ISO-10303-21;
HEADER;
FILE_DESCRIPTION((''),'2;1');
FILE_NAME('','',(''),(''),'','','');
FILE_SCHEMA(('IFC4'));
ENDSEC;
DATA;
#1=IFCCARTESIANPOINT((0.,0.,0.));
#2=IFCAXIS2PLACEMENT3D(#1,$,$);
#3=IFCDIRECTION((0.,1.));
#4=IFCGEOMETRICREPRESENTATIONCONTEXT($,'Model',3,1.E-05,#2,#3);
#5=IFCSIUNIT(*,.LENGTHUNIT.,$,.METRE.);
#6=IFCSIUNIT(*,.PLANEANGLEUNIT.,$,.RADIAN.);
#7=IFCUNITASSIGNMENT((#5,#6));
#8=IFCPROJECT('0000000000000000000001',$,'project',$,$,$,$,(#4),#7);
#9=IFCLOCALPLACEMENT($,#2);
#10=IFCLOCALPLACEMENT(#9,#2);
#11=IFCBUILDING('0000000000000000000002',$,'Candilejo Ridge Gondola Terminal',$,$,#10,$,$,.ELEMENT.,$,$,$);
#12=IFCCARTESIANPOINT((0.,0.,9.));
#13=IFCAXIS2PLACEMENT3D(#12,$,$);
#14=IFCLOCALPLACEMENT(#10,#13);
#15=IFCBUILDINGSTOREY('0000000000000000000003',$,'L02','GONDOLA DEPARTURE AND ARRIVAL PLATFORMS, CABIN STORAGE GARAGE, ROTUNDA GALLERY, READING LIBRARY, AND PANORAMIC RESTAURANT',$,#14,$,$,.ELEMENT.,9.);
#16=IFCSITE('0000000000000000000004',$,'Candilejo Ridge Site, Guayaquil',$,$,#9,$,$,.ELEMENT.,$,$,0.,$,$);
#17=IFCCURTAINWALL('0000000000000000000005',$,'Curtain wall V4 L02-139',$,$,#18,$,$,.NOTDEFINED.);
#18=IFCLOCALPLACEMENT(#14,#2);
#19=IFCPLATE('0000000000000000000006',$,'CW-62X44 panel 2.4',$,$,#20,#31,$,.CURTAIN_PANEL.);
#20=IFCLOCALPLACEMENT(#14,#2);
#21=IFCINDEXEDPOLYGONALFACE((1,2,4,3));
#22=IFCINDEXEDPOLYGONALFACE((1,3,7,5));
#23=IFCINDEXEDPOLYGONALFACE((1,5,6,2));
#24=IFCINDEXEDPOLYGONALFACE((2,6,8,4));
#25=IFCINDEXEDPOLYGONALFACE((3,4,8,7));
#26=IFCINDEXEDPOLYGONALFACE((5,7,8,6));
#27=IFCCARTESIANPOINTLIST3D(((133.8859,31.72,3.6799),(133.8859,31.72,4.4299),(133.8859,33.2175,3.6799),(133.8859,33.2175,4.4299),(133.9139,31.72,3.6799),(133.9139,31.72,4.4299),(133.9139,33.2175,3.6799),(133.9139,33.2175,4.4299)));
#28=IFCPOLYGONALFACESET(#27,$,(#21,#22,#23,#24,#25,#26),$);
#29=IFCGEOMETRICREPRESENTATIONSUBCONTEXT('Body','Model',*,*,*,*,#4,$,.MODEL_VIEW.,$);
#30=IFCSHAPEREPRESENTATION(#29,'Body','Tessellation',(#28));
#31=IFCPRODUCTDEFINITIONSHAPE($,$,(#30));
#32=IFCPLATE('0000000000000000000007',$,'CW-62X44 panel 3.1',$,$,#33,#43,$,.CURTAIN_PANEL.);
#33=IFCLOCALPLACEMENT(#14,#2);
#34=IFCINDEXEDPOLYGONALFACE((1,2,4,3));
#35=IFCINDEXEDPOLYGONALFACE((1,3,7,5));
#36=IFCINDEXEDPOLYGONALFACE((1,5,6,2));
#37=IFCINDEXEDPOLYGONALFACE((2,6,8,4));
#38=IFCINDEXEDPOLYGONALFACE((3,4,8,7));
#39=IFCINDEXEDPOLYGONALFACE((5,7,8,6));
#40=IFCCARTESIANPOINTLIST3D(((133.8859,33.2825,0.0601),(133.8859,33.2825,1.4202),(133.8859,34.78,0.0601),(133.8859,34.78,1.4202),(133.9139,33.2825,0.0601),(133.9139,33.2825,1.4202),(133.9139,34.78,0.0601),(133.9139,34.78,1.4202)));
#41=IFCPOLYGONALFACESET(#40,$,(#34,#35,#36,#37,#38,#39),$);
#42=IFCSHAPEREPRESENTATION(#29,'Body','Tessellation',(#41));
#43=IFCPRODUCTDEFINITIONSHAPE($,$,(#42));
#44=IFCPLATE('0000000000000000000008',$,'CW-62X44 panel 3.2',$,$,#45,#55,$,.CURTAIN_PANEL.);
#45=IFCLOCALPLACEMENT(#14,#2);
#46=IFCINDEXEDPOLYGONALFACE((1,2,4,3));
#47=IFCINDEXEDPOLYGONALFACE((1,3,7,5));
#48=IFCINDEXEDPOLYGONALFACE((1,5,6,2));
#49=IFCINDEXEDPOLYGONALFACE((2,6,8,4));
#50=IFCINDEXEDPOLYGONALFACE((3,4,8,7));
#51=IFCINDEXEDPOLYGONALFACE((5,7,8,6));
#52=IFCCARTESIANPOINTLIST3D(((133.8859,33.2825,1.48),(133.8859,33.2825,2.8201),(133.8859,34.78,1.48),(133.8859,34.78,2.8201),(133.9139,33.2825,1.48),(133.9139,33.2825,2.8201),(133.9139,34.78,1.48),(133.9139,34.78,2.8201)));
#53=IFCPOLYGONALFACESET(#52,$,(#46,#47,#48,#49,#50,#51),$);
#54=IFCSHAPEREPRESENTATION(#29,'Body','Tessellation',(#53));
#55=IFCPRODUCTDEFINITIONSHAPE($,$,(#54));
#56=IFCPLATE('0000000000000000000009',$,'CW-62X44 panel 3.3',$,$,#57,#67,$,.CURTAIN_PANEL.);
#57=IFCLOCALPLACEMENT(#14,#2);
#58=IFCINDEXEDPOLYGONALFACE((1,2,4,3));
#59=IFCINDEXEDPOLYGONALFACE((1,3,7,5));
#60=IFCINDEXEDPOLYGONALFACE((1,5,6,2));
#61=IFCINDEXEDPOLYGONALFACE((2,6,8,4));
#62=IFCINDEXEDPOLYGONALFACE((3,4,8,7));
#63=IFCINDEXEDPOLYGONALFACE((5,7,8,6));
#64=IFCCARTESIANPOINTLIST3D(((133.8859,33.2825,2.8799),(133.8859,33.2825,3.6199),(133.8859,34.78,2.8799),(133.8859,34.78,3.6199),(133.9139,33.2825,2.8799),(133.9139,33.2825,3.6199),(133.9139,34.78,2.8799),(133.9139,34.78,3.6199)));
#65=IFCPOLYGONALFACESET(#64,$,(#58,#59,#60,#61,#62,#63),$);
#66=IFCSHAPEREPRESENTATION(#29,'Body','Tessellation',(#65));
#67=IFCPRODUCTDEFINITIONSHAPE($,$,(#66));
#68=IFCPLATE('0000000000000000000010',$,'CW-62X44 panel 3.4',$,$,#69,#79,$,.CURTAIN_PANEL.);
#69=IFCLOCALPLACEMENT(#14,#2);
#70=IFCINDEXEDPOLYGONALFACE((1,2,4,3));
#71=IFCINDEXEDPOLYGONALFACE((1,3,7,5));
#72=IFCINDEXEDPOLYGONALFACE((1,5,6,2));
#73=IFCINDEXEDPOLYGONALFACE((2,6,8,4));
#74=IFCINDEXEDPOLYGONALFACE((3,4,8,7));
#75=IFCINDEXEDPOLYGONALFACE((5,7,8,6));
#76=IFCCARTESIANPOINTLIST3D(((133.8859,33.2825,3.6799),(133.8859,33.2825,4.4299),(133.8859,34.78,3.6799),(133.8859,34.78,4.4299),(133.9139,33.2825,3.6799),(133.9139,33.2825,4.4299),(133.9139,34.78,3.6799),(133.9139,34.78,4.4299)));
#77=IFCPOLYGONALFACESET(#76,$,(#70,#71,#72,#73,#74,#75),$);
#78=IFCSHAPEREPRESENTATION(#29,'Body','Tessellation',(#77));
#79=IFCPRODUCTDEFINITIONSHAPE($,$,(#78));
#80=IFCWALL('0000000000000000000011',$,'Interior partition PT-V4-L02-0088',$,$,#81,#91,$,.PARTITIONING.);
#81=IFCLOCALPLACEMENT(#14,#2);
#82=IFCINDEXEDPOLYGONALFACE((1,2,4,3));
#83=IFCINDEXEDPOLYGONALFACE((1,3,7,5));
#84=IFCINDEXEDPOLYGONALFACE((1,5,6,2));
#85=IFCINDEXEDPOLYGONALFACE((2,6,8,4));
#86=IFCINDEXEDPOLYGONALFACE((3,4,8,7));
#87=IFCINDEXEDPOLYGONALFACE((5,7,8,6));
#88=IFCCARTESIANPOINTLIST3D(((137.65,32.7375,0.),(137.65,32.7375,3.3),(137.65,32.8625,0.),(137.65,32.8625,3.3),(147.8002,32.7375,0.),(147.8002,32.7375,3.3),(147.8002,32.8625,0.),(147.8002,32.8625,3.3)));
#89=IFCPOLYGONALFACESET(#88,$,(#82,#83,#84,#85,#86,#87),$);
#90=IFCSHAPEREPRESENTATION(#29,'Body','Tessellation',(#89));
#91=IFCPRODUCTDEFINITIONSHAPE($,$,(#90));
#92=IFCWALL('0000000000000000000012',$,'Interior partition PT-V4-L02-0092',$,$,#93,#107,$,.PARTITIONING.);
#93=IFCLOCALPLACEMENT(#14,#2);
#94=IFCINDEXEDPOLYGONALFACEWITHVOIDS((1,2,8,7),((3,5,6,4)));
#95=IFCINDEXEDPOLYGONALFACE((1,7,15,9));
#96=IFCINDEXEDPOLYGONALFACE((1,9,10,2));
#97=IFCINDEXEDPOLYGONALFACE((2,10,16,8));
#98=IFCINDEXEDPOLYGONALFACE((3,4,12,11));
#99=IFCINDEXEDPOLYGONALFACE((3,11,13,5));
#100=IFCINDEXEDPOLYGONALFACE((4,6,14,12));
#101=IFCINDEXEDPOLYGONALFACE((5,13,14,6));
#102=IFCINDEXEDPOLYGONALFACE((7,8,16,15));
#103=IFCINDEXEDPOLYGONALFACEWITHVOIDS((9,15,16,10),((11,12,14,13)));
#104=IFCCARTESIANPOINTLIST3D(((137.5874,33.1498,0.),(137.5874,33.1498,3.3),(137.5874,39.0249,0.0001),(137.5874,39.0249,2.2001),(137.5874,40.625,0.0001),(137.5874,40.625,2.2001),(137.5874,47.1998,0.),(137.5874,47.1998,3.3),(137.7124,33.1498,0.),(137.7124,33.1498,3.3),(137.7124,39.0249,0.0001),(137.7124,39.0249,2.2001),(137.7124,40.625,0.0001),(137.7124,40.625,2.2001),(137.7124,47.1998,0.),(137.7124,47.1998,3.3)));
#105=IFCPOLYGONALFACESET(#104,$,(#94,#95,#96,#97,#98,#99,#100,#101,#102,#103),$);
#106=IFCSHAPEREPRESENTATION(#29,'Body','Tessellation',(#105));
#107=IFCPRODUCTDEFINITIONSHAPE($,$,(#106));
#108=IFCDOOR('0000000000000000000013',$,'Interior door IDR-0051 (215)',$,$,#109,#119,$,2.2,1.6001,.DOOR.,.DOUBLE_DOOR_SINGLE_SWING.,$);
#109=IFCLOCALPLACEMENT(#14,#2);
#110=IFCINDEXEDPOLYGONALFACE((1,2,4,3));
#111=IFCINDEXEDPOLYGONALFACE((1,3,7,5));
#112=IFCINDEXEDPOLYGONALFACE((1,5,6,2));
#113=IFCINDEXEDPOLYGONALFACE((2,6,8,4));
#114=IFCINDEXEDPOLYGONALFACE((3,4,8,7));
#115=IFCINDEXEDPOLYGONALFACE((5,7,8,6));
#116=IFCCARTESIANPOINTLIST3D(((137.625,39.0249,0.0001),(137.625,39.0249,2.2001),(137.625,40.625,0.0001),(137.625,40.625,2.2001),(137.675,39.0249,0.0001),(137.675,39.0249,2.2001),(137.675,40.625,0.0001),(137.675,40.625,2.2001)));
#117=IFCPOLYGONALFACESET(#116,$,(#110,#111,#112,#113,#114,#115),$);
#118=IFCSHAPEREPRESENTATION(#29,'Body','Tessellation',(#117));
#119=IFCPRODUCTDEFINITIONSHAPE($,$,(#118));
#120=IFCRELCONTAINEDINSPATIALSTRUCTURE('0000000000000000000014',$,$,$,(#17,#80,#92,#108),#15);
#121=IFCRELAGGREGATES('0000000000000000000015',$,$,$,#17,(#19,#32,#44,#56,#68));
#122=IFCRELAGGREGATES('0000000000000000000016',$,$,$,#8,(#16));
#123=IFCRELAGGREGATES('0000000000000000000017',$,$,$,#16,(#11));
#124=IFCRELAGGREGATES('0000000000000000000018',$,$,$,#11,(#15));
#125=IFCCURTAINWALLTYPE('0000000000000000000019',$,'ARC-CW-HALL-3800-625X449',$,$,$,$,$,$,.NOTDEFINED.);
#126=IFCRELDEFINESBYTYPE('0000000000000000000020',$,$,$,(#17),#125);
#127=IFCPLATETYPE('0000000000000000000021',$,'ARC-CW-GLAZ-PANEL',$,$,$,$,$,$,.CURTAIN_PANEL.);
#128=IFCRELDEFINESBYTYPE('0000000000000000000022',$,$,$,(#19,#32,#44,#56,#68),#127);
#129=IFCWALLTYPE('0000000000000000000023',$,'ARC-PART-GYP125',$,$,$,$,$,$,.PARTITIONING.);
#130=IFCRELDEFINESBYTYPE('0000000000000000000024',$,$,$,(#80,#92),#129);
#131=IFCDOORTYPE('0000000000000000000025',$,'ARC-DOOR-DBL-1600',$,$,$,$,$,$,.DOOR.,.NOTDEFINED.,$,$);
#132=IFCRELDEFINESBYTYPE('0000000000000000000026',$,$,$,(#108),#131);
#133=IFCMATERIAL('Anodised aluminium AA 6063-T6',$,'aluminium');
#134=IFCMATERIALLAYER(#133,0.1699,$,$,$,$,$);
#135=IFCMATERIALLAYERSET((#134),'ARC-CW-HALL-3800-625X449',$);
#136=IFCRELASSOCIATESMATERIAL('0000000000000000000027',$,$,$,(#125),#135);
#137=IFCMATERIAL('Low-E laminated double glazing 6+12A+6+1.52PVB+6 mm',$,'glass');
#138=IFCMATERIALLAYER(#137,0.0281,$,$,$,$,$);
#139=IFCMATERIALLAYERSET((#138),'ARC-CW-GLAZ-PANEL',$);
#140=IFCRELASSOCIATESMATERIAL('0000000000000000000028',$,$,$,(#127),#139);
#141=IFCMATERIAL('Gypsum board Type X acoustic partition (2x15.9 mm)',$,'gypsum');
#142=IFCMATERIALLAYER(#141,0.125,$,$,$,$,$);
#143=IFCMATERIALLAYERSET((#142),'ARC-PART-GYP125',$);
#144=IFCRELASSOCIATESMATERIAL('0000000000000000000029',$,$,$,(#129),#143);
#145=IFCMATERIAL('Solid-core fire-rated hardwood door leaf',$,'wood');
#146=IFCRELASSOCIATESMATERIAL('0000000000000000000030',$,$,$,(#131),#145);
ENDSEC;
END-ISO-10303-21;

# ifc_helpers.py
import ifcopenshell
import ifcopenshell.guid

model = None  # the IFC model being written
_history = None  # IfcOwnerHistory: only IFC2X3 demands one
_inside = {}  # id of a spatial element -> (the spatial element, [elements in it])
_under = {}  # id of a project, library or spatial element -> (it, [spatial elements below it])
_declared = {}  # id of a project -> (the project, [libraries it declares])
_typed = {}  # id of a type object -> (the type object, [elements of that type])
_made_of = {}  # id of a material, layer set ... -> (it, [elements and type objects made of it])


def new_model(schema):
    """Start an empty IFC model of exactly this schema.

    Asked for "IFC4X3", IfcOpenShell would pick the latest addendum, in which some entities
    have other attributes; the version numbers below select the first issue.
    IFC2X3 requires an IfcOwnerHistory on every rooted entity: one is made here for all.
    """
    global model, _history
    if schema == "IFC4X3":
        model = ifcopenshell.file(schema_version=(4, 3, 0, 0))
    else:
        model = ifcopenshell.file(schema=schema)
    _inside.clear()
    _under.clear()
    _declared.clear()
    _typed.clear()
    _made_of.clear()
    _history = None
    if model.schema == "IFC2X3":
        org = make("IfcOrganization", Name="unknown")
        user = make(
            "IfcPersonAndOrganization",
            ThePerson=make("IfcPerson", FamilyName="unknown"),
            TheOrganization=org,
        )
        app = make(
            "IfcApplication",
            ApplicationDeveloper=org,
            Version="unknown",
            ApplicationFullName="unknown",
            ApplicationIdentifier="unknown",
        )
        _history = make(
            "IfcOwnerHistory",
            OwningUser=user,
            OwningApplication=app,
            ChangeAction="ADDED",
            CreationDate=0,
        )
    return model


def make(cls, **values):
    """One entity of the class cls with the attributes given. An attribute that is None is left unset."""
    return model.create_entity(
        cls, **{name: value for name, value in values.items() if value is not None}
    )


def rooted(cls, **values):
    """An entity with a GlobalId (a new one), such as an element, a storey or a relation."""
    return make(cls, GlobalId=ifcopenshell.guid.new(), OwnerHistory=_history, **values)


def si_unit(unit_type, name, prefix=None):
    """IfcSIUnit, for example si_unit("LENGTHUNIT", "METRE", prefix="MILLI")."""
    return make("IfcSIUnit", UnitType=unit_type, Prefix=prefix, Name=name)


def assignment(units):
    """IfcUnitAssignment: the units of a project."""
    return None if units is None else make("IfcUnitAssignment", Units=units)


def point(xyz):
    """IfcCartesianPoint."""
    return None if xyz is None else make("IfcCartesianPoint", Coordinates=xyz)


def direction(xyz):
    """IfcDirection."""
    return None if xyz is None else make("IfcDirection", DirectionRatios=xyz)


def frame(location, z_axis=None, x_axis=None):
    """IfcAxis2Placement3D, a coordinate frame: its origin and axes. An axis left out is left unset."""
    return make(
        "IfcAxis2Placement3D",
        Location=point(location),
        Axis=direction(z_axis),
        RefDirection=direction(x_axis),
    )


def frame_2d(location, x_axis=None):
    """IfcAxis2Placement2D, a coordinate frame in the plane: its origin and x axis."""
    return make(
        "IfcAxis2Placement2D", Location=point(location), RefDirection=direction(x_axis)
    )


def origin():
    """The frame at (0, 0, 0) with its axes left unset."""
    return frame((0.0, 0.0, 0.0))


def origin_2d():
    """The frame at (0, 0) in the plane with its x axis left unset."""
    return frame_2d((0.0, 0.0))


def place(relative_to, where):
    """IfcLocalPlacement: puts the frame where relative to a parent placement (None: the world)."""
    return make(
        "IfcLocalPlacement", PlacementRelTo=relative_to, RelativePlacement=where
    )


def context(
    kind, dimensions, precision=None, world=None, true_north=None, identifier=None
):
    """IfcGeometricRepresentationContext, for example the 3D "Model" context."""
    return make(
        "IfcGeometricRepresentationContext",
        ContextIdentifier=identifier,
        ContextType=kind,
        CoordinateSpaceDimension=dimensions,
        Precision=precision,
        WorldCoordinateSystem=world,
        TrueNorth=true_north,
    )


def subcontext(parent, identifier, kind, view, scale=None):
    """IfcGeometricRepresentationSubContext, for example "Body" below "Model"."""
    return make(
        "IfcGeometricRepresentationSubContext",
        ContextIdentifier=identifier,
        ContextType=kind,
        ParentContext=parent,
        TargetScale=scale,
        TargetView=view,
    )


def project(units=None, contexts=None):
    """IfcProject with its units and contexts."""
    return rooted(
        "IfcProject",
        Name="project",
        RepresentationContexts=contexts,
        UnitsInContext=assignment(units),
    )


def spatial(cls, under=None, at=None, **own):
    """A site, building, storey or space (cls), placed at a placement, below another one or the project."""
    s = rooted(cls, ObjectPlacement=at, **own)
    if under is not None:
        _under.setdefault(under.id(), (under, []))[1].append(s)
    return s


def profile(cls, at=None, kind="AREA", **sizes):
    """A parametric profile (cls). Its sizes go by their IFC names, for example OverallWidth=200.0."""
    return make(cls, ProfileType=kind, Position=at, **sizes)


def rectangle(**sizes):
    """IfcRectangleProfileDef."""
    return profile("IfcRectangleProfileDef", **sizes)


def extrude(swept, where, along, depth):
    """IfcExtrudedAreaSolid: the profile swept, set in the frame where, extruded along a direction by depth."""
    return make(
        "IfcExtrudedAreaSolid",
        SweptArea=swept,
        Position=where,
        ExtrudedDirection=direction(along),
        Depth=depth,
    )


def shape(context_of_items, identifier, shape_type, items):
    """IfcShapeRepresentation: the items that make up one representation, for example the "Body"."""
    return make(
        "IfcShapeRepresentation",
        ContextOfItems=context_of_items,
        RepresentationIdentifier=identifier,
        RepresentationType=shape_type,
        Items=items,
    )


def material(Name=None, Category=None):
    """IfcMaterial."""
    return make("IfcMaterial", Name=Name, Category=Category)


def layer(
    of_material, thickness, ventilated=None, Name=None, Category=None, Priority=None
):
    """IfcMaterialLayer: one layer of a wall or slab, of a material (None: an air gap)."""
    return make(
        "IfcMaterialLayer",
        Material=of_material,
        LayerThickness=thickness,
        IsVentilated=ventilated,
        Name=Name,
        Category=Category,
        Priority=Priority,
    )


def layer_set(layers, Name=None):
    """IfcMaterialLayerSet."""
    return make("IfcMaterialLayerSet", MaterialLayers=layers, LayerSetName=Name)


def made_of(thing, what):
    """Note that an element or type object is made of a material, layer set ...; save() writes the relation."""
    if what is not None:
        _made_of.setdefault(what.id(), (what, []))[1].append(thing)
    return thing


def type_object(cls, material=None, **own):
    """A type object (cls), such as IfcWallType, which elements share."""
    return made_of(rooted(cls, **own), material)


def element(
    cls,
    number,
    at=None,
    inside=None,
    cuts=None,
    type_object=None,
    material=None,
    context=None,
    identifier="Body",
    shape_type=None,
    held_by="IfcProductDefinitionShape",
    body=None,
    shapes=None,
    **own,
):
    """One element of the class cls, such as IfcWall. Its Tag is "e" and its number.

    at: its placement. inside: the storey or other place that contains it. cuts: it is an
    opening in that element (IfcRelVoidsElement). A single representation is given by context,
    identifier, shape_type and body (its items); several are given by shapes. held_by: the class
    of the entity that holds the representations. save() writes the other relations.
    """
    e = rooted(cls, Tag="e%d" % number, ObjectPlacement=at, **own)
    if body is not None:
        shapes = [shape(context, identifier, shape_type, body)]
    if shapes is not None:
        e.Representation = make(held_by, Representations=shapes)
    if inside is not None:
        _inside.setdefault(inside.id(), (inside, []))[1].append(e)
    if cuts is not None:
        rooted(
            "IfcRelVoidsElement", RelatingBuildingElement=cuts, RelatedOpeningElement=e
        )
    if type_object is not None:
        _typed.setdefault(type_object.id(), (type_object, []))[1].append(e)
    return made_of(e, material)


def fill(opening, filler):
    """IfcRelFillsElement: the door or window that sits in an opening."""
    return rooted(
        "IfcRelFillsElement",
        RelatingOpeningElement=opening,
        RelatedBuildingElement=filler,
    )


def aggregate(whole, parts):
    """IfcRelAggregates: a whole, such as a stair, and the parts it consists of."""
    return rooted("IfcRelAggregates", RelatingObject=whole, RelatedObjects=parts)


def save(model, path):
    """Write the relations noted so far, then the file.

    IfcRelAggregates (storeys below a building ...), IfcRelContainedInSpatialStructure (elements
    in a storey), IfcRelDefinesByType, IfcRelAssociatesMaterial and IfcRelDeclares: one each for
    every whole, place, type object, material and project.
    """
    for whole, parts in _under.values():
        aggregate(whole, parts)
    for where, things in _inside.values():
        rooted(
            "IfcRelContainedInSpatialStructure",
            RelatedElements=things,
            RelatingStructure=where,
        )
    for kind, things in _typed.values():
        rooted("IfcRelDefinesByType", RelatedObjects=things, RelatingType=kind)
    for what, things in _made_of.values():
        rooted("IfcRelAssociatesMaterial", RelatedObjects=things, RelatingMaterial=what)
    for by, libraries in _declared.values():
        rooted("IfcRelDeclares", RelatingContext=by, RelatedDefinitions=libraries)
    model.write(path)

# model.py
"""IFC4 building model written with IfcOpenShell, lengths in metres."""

from ifc_helpers import new_model, si_unit, direction, frame, frame_2d, origin, origin_2d, place, context, subcontext, project, spatial, rectangle, extrude, material, layer, layer_set, type_object, element, fill, aggregate, save


model = new_model("IFC4")

# Units and contexts
model_context = context("Model", 3, precision=1e-05, world=origin(), true_north=direction((0.0, 1.0)))
body_context = subcontext(model_context, "Body", "Model", "MODEL_VIEW")
ifc_project = project(units=[si_unit("LENGTHUNIT", "METRE"), si_unit("PLANEANGLEUNIT", "RADIAN")], contexts=[model_context])

# Site, building, storey
site_placement = place(None, origin())
site = spatial("IfcSite", under=ifc_project, at=site_placement, Name="Candilejo Ridge Site, Guayaquil", CompositionType="ELEMENT", RefElevation=0.0)
building_placement = place(site_placement, origin())
building = spatial("IfcBuilding", under=site, at=building_placement, Name="Candilejo Ridge Gondola Terminal", CompositionType="ELEMENT")
storey_placement = place(building_placement, frame((0.0, 0.0, 9.0)))
storey = spatial("IfcBuildingStorey", under=building, at=storey_placement, Name="L02", Description="GONDOLA DEPARTURE AND ARRIVAL PLATFORMS, CABIN STORAGE GARAGE, ROTUNDA GALLERY, READING LIBRARY, AND PANORAMIC RESTAURANT", CompositionType="ELEMENT", Elevation=9.0)

# Curtain wall
ifc_material_1 = material(Name="Anodised aluminium AA 6063-T6", Category="aluminium")
ifc_layer_1 = layer(ifc_material_1, 0.1699)
ifc_layer_set_1 = layer_set([ifc_layer_1], Name="ARC-CW-HALL-3800-625X449")
curtain_wall_type = type_object("IfcCurtainWallType", Name="ARC-CW-HALL-3800-625X449", PredefinedType="NOTDEFINED", material=ifc_layer_set_1)
curtain_wall_placement = place(storey_placement, origin())
curtain_wall = element("IfcCurtainWall", 1, at=curtain_wall_placement, inside=storey, type_object=curtain_wall_type, Name="Curtain wall V4 L02-139", PredefinedType="NOTDEFINED")

# Plates
ifc_material_2 = material(Name="Low-E laminated double glazing 6+12A+6+1.52PVB+6 mm", Category="glass")
ifc_layer_2 = layer(ifc_material_2, 0.0281)
ifc_layer_set_2 = layer_set([ifc_layer_2], Name="ARC-CW-GLAZ-PANEL")
plate_type = type_object("IfcPlateType", Name="ARC-CW-GLAZ-PANEL", PredefinedType="CURTAIN_PANEL", material=ifc_layer_set_2)
plate_1_placement = place(storey_placement, frame((133.8999, 32.4688, 3.6799), z_axis=(0.0, 0.0, 1.0), x_axis=(0.0, 1.0, 0.0)))
plate_1 = element("IfcPlate", 2, at=plate_1_placement, type_object=plate_type, Name="CW-62X44 panel 2.4", PredefinedType="CURTAIN_PANEL", context=body_context, shape_type="SweptSolid", body=[
    extrude(rectangle(XDim=1.4976, YDim=0.0281, at=origin_2d()), origin(), (0.0, 0.0, 1.0), 0.75),
])
plate_2_placement = place(storey_placement, frame((133.8999, 34.0312, 0.0601), z_axis=(0.0, 0.0, 1.0), x_axis=(0.0, 1.0, 0.0)))
plate_2 = element("IfcPlate", 3, at=plate_2_placement, type_object=plate_type, Name="CW-62X44 panel 3.1", PredefinedType="CURTAIN_PANEL", context=body_context, shape_type="SweptSolid", body=[
    extrude(rectangle(XDim=1.4976, YDim=0.0281, at=origin_2d()), origin(), (0.0, 0.0, 1.0), 1.3601),
])
plate_3_placement = place(storey_placement, frame((133.8999, 34.0312, 1.48), z_axis=(0.0, 0.0, 1.0), x_axis=(0.0, 1.0, 0.0)))
plate_3 = element("IfcPlate", 4, at=plate_3_placement, type_object=plate_type, Name="CW-62X44 panel 3.2", PredefinedType="CURTAIN_PANEL", context=body_context, shape_type="SweptSolid", body=[
    extrude(rectangle(XDim=1.4976, YDim=0.0281, at=origin_2d()), origin(), (0.0, 0.0, 1.0), 1.3401),
])
plate_4_placement = place(storey_placement, frame((133.8999, 34.0312, 2.8799), z_axis=(0.0, 0.0, 1.0), x_axis=(0.0, 1.0, 0.0)))
plate_4 = element("IfcPlate", 5, at=plate_4_placement, type_object=plate_type, Name="CW-62X44 panel 3.3", PredefinedType="CURTAIN_PANEL", context=body_context, shape_type="SweptSolid", body=[
    extrude(rectangle(XDim=1.4976, YDim=0.0281, at=origin_2d()), origin(), (0.0, 0.0, 1.0), 0.74),
])
plate_5_placement = place(storey_placement, frame((133.8999, 34.0312, 3.6799), z_axis=(0.0, 0.0, 1.0), x_axis=(0.0, 1.0, 0.0)))
plate_5 = element("IfcPlate", 6, at=plate_5_placement, type_object=plate_type, Name="CW-62X44 panel 3.4", PredefinedType="CURTAIN_PANEL", context=body_context, shape_type="SweptSolid", body=[
    extrude(rectangle(XDim=1.4976, YDim=0.0281, at=origin_2d()), origin(), (0.0, 0.0, 1.0), 0.75),
])
aggregate(curtain_wall, [plate_1, plate_2, plate_3, plate_4, plate_5])

# Wall
ifc_material_3 = material(Name="Gypsum board Type X acoustic partition (2x15.9 mm)", Category="gypsum")
ifc_layer_3 = layer(ifc_material_3, 0.125)
ifc_layer_set_3 = layer_set([ifc_layer_3], Name="ARC-PART-GYP125")
wall_type = type_object("IfcWallType", Name="ARC-PART-GYP125", PredefinedType="PARTITIONING", material=ifc_layer_set_3)
wall_1_placement = place(storey_placement, frame((137.6499, 32.8, 0.0), z_axis=(0.0, 0.0, 1.0), x_axis=(1.0, 0.0, 0.0)))
element("IfcWall", 7, at=wall_1_placement, inside=storey, type_object=wall_type, Name="Interior partition PT-V4-L02-0088", PredefinedType="PARTITIONING", context=body_context, shape_type="SweptSolid", body=[
    extrude(rectangle(XDim=10.1501, YDim=0.125, at=frame_2d((5.0752, 0.0))), origin(), (0.0, 0.0, 1.0), 3.3),
])

# Wall, opening, door
wall_2_placement = place(storey_placement, frame((137.6499, 33.1499, 0.0), z_axis=(0.0, 0.0, 1.0), x_axis=(0.0, 1.0, 0.0)))
wall_2 = element("IfcWall", 8, at=wall_2_placement, inside=storey, type_object=wall_type, Name="Interior partition PT-V4-L02-0092", PredefinedType="PARTITIONING", context=body_context, shape_type="SweptSolid", body=[
    extrude(rectangle(XDim=14.05, YDim=0.125, at=frame_2d((7.0249, 0.0))), origin(), (0.0, 0.0, 1.0), 3.3),
])
opening_placement = place(wall_2_placement, frame((5.875, 0.0, 0.0)))
opening = element("IfcOpeningElement", 9, at=opening_placement, cuts=wall_2, PredefinedType="OPENING", context=body_context, shape_type="SweptSolid", body=[
    extrude(rectangle(XDim=1.6001, YDim=2.2, at=frame_2d((0.8, 1.1001))), frame((0.0, 0.0725, 0.0), z_axis=(0.0, -1.0, 0.0), x_axis=(1.0, 0.0, 0.0)), (0.0, 0.0, 1.0), 0.145),
])
ifc_material_4 = material(Name="Solid-core fire-rated hardwood door leaf", Category="wood")
door_type = type_object("IfcDoorType", Name="ARC-DOOR-DBL-1600", OperationType="NOTDEFINED", PredefinedType="DOOR", material=ifc_material_4)
door_placement = place(opening_placement, origin())
door = element("IfcDoor", 10, at=door_placement, inside=storey, type_object=door_type, Name="Interior door IDR-0051 (215)", OperationType="DOUBLE_DOOR_SINGLE_SWING", OverallHeight=2.2, OverallWidth=1.6001, PredefinedType="DOOR", context=body_context, shape_type="SweptSolid", body=[
    extrude(rectangle(XDim=1.6001, YDim=2.2, at=frame_2d((0.8, 1.1001))), frame((0.0, 0.0249, 0.0), z_axis=(0.0, -1.0, 0.0), x_axis=(1.0, 0.0, 0.0)), (0.0, 0.0, 1.0), 0.05),
])
fill(opening, door)

save(model, "model.ifc")
